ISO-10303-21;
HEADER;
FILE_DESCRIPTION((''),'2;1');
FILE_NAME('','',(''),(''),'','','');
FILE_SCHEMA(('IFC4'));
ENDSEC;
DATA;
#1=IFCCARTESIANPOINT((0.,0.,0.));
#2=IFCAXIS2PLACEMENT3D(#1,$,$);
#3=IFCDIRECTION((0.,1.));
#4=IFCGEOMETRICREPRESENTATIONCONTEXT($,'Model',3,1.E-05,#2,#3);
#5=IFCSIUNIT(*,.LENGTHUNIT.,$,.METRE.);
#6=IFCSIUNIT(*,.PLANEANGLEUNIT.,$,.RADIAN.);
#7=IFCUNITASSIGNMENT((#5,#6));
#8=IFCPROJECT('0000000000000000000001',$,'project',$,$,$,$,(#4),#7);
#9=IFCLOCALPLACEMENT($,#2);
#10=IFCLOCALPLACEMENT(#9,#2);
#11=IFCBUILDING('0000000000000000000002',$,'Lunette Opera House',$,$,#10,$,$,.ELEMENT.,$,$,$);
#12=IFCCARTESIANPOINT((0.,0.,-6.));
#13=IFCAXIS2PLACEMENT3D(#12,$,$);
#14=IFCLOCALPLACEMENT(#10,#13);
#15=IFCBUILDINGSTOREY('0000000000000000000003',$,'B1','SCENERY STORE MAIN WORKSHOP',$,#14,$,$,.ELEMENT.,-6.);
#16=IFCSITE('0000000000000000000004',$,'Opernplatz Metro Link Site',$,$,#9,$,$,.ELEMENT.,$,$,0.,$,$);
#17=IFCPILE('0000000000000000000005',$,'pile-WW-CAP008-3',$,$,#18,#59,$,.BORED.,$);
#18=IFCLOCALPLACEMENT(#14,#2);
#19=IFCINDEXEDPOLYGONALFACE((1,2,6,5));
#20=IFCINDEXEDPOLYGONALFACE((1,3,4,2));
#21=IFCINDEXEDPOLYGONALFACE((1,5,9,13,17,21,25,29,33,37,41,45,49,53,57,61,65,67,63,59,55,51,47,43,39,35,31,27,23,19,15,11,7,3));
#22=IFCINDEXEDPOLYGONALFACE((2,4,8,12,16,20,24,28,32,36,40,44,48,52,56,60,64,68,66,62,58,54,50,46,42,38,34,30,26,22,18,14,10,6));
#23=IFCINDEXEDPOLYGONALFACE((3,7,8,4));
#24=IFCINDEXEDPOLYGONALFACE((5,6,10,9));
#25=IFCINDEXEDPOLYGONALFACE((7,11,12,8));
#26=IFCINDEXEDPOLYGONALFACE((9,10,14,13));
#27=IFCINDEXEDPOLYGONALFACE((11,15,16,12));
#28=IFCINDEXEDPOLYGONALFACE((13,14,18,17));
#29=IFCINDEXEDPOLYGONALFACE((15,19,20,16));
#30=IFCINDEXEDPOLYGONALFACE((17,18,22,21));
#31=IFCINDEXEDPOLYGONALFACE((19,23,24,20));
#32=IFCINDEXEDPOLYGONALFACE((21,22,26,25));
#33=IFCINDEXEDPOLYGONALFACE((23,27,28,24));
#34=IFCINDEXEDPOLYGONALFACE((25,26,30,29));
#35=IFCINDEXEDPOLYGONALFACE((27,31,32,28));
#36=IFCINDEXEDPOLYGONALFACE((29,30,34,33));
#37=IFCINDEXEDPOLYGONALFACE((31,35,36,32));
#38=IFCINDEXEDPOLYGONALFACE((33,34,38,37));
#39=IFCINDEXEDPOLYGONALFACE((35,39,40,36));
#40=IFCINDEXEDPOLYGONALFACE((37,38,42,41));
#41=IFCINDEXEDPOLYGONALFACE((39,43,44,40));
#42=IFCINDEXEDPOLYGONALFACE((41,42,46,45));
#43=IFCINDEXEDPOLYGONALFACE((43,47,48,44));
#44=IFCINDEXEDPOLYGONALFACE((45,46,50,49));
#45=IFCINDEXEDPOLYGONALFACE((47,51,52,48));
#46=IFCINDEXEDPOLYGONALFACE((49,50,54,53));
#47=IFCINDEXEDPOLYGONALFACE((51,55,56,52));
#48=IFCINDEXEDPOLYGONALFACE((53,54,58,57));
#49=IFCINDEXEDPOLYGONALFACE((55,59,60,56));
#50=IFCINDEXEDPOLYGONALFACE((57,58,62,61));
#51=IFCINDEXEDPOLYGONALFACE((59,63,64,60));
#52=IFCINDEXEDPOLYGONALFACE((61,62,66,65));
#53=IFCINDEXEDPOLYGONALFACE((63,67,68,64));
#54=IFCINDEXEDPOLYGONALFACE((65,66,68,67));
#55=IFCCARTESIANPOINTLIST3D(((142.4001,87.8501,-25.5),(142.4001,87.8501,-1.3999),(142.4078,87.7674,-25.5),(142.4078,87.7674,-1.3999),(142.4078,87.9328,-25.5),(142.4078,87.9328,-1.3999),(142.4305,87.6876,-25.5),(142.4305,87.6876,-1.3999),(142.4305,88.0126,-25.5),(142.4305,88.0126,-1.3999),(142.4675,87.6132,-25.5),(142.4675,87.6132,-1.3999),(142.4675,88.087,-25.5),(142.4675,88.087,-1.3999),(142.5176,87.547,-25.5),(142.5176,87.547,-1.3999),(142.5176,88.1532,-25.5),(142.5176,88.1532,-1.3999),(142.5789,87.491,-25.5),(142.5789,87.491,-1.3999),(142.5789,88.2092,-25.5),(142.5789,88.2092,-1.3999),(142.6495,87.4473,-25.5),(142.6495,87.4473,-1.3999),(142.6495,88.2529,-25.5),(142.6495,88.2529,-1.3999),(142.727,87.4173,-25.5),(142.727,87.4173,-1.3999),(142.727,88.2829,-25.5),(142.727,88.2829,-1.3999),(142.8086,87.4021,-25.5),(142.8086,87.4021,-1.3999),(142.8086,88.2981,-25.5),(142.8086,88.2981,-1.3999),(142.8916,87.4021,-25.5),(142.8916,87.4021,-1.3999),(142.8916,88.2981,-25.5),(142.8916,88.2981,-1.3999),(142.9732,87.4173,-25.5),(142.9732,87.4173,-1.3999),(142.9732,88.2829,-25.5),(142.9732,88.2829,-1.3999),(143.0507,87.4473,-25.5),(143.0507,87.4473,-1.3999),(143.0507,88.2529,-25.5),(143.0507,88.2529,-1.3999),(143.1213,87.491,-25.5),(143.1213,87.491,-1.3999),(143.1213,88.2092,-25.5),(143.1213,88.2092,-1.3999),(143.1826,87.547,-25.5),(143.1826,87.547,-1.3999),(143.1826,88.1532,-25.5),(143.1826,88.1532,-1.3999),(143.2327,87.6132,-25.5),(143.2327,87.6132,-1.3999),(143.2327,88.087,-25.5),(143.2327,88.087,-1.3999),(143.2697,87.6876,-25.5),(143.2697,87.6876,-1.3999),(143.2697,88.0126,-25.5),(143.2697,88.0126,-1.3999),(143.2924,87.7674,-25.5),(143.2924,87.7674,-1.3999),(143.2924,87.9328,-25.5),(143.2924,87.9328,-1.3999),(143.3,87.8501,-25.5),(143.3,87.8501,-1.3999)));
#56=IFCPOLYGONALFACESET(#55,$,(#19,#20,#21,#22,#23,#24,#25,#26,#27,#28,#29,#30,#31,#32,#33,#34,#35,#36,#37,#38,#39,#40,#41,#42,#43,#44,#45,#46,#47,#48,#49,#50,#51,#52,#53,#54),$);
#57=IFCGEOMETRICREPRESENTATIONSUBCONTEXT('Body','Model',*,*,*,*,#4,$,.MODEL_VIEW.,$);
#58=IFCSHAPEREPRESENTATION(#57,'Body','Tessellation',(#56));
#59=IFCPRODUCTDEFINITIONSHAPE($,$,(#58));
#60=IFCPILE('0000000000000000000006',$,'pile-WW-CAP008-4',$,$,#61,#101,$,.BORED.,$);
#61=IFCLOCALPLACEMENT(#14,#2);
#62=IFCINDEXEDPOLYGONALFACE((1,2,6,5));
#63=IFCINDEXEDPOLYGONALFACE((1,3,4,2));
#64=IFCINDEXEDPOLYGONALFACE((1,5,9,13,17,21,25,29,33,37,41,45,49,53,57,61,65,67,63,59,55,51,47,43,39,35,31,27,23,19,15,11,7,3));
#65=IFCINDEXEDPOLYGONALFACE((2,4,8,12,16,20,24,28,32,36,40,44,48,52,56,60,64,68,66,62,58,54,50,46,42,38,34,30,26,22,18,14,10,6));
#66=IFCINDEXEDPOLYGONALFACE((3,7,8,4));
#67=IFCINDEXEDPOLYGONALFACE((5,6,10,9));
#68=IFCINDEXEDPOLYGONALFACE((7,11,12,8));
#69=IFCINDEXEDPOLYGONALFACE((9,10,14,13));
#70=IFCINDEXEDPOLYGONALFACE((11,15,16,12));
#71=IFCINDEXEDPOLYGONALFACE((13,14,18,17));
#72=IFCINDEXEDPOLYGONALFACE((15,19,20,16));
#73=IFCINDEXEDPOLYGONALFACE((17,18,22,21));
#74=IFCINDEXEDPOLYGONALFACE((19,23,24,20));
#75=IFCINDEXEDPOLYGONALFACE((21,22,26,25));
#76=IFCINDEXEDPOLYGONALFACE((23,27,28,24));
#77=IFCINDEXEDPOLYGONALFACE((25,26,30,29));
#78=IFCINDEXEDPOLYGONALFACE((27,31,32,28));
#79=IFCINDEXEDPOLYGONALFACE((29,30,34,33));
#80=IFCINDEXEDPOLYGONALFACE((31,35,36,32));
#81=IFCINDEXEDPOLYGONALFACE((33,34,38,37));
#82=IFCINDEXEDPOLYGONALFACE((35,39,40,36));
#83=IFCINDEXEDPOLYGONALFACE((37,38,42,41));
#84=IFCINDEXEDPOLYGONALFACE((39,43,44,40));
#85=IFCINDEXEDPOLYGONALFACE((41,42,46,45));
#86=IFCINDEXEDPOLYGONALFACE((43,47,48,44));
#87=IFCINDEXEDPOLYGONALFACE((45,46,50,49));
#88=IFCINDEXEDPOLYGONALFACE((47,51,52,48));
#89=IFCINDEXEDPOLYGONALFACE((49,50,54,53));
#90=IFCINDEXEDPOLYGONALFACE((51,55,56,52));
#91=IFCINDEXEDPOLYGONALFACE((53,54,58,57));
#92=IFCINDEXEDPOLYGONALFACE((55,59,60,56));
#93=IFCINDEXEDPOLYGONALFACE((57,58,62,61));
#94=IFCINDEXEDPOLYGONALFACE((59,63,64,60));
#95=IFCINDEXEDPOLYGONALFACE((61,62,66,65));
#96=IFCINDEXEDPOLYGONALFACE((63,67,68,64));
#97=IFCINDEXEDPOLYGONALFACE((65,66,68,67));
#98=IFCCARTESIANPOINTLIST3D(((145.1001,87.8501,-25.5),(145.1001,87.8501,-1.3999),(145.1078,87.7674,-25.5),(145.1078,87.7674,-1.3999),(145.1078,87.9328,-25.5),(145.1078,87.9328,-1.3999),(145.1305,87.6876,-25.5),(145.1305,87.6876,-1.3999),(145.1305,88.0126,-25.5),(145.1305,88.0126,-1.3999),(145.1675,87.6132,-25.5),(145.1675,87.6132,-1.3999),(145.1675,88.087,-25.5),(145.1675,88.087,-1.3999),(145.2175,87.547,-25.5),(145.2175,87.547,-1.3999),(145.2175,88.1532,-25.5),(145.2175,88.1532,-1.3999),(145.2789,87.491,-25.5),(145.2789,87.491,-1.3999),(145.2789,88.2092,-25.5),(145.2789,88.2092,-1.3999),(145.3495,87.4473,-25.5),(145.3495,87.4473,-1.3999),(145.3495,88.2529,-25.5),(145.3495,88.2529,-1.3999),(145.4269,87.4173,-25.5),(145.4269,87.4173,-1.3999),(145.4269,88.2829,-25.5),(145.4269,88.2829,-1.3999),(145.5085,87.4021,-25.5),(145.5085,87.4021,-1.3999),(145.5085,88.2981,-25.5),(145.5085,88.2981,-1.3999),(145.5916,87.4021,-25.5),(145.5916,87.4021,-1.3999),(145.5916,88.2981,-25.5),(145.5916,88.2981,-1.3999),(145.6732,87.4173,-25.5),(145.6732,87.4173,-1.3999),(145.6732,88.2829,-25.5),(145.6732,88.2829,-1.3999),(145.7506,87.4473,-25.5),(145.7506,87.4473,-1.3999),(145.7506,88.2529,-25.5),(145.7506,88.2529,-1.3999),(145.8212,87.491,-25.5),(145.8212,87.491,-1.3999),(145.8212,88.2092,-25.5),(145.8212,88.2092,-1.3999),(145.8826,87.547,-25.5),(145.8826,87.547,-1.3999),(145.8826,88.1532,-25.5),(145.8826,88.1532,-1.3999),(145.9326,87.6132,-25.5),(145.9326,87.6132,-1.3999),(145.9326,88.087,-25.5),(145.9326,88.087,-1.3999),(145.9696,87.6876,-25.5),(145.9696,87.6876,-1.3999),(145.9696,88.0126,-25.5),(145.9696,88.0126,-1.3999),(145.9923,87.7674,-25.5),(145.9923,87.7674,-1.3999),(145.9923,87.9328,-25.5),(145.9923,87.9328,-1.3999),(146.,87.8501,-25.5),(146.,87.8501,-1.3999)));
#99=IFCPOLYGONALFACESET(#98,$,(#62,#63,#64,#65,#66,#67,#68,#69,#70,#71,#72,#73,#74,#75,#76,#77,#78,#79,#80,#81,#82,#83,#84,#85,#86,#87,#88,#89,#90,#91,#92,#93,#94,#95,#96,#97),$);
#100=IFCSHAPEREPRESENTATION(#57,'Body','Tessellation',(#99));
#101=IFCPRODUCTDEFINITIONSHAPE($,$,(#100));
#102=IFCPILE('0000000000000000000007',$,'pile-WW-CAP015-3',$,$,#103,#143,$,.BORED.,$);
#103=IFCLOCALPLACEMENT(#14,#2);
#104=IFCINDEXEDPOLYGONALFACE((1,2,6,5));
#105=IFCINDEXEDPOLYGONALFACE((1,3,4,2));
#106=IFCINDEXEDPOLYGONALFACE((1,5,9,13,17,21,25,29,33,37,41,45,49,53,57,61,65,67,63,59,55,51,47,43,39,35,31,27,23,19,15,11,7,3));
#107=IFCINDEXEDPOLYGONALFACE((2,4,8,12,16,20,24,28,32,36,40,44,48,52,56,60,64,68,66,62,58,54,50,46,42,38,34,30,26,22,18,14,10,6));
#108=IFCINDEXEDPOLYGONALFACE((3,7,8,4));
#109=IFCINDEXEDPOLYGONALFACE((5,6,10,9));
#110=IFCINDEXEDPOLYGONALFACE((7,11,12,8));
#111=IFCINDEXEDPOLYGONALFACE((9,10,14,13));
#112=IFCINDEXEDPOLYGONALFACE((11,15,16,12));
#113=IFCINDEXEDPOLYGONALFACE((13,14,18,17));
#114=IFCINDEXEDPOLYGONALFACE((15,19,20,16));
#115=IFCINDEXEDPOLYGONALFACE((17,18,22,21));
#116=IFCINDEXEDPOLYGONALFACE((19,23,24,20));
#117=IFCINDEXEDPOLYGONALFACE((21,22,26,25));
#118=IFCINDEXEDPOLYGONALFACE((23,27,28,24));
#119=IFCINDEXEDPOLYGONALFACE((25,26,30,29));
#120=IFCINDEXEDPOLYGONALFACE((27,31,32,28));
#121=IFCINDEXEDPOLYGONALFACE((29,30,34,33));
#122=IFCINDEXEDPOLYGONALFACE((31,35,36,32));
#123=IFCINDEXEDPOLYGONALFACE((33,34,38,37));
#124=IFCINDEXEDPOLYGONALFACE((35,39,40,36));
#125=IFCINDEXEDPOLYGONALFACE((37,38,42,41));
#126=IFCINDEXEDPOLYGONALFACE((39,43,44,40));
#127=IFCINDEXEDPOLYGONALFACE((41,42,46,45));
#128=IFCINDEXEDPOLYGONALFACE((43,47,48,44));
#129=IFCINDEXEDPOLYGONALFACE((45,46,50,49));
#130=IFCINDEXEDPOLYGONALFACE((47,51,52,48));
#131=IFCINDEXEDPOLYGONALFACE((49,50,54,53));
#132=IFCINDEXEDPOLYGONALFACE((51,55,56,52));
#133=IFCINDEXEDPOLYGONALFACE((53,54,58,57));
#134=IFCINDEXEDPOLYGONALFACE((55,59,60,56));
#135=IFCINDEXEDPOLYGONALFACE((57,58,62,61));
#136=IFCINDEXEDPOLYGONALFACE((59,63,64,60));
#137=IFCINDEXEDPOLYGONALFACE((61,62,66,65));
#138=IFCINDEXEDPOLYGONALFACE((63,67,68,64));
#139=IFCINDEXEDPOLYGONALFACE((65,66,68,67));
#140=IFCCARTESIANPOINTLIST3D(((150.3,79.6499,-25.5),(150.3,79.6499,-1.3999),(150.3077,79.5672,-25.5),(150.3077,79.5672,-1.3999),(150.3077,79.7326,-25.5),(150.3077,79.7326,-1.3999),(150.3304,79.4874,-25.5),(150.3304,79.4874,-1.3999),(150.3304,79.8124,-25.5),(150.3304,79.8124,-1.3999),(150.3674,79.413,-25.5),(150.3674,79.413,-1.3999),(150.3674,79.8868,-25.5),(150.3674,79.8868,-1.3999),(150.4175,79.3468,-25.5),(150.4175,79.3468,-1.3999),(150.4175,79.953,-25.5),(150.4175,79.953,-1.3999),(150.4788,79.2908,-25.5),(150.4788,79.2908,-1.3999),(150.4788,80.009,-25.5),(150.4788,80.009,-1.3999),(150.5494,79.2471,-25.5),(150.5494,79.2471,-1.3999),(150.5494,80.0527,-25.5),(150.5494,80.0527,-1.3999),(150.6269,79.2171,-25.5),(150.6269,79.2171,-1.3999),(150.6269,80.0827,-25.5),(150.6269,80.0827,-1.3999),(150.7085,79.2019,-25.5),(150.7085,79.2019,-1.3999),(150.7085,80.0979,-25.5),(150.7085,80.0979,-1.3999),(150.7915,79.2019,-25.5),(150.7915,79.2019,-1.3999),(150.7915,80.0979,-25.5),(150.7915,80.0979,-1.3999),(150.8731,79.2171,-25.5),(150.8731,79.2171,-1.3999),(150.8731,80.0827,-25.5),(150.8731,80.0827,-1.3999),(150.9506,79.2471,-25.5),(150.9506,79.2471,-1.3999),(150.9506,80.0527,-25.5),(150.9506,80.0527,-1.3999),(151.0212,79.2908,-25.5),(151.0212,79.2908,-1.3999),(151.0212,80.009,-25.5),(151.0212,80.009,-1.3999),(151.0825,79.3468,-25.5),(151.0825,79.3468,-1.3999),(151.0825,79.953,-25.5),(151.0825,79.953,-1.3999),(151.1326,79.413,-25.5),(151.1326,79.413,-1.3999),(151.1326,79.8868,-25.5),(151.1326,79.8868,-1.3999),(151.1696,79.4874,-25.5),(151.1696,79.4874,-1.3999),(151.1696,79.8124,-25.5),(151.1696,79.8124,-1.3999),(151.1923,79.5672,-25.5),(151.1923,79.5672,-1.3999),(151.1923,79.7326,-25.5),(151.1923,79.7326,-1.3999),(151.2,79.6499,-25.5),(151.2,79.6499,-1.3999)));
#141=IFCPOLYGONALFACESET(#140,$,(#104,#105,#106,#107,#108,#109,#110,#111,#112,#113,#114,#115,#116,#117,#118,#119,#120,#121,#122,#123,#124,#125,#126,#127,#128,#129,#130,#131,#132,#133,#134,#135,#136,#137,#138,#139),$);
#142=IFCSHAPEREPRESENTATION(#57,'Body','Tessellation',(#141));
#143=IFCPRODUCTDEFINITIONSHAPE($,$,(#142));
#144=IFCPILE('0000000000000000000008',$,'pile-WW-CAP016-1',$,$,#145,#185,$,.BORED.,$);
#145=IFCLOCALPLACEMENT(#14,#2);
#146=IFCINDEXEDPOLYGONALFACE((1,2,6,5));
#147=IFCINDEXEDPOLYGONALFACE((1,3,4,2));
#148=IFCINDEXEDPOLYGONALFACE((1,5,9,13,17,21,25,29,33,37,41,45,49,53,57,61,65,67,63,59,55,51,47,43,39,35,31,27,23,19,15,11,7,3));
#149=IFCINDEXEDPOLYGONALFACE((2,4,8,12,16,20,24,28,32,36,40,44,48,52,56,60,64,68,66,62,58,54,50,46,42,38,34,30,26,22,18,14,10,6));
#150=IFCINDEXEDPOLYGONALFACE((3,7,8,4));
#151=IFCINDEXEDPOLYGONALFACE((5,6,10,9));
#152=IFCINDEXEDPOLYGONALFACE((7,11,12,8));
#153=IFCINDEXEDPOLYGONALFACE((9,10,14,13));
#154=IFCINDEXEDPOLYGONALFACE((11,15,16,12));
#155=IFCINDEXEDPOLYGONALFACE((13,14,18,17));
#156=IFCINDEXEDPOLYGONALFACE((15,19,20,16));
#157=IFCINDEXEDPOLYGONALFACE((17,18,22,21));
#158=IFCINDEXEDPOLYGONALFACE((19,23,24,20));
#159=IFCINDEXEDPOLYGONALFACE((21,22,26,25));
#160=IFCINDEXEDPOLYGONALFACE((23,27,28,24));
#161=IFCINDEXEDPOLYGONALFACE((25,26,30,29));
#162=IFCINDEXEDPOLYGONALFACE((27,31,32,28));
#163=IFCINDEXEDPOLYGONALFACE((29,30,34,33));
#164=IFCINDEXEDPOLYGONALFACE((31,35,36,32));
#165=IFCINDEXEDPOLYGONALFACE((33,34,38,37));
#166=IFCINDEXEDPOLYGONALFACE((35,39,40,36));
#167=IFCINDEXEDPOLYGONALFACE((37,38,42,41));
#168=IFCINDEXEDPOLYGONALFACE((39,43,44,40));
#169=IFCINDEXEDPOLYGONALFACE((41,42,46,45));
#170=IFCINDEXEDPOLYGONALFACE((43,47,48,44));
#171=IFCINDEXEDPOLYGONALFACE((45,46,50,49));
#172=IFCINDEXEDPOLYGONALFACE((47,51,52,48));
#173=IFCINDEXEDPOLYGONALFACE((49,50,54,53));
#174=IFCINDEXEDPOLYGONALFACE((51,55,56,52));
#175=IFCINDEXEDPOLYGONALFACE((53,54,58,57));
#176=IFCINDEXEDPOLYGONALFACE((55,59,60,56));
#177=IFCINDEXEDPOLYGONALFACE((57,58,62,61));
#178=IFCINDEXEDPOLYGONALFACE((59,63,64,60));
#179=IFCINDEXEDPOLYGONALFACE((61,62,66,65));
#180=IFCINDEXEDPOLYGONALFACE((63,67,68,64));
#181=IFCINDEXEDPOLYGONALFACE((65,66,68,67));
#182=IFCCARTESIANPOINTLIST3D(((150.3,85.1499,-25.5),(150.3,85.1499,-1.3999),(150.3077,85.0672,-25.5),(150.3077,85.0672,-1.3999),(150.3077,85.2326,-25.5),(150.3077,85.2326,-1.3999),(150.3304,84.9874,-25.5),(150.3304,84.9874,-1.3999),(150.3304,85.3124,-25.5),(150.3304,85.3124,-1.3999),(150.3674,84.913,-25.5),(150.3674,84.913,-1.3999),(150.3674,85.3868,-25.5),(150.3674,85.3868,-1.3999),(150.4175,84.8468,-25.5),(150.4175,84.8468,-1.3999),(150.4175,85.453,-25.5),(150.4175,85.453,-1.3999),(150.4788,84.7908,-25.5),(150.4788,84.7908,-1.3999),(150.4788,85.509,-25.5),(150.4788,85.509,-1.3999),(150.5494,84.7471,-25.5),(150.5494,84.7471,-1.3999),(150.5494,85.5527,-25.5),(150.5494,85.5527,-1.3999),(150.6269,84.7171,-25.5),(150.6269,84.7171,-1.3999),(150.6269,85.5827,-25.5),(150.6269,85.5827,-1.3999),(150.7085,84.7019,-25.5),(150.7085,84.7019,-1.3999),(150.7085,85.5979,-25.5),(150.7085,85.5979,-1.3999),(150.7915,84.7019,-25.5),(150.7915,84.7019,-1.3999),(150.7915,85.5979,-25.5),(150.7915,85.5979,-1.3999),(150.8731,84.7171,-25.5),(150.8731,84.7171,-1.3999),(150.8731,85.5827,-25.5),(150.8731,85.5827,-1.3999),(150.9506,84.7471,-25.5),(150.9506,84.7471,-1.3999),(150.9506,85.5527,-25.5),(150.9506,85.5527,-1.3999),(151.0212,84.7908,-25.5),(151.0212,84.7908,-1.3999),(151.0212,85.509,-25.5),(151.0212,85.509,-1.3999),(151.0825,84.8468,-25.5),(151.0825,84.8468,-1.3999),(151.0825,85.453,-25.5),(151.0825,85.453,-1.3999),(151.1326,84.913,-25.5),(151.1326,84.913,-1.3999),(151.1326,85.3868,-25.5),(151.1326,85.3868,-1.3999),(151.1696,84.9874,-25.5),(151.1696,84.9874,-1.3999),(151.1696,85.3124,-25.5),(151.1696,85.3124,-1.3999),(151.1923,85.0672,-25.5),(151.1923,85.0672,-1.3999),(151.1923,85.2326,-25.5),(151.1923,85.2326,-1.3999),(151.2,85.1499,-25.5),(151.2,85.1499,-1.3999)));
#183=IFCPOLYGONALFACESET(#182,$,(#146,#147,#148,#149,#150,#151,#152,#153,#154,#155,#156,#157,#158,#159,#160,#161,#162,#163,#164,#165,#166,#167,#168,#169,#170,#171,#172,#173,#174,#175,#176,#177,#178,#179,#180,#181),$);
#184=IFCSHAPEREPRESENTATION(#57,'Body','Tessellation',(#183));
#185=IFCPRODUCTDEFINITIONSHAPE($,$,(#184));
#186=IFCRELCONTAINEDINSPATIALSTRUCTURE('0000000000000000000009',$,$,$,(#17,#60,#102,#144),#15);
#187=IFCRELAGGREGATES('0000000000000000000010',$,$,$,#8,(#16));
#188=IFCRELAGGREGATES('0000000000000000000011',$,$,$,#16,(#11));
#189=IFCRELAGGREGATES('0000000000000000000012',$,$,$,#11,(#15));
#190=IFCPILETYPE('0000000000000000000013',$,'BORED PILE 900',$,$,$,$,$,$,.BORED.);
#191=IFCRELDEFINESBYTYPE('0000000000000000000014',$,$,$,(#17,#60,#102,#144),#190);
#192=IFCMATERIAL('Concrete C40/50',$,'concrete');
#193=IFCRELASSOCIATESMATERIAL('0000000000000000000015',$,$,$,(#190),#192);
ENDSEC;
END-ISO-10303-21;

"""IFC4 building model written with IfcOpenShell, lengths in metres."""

from ifc_helpers import new_model, si_unit, direction, frame, origin, origin_2d, place, context, subcontext, project, spatial, circle, extrude, material, material_profile, profile_set, type_object, element, save


model = new_model("IFC4")

# Units and contexts
model_context = context("Model", 3, precision=1e-05, world=origin(), true_north=direction((0.0, 1.0)))
body_context = subcontext(model_context, "Body", "Model", "MODEL_VIEW")
ifc_project = project(units=[si_unit("LENGTHUNIT", "METRE"), si_unit("PLANEANGLEUNIT", "RADIAN")], contexts=[model_context])

# Site, building, storey
site_placement = place(None, origin())
site = spatial("IfcSite", under=ifc_project, at=site_placement, Name="Opernplatz Metro Link Site", CompositionType="ELEMENT", RefElevation=0.0)
building_placement = place(site_placement, origin())
building = spatial("IfcBuilding", under=site, at=building_placement, Name="Lunette Opera House", CompositionType="ELEMENT")
storey_placement = place(building_placement, frame((0.0, 0.0, -6.0)))
storey = spatial("IfcBuildingStorey", under=building, at=storey_placement, Name="B1", Description="SCENERY STORE MAIN WORKSHOP", CompositionType="ELEMENT", Elevation=-6.0)

# Piles
ifc_material_1 = material(Name="Concrete C40/50", Category="concrete")
ifc_material_profile_1 = material_profile(ifc_material_1, circle(Radius=0.45, at=origin_2d()), Name="BORED PILE 900")
ifc_profile_set_1 = profile_set([ifc_material_profile_1], Name="Concrete C40/50")
pile_type = type_object("IfcPileType", Name="BORED PILE 900", PredefinedType="BORED", material=ifc_profile_set_1)
for number, where, z_axis, x_axis, name in (
    (1, (142.8501, 87.8501, -1.3999), (0.0, 0.0, -1.0), (1.0, 0.0, 0.0), "pile-WW-CAP008-3"),
    (2, (145.55, 87.8501, -1.3999), (0.0, 0.0, -1.0), (1.0, 0.0, 0.0), "pile-WW-CAP008-4"),
    (3, (150.75, 79.6499, -1.3999), (0.0, 0.0, -1.0), (1.0, 0.0, 0.0), "pile-WW-CAP015-3"),
    (4, (150.75, 85.1499, -1.3999), (0.0, 0.0, -1.0), (1.0, 0.0, 0.0), "pile-WW-CAP016-1"),
):
    element("IfcPile", number, at=place(storey_placement, frame(where, z_axis=z_axis, x_axis=x_axis)), inside=storey, type_object=pile_type, Name=name, PredefinedType="BORED", context=body_context, shape_type="SweptSolid", body=[
        extrude(circle(Radius=0.45, at=origin_2d()), origin(), (0.0, 0.0, 1.0), 24.1001),
    ])

save(model, "model.ifc")
